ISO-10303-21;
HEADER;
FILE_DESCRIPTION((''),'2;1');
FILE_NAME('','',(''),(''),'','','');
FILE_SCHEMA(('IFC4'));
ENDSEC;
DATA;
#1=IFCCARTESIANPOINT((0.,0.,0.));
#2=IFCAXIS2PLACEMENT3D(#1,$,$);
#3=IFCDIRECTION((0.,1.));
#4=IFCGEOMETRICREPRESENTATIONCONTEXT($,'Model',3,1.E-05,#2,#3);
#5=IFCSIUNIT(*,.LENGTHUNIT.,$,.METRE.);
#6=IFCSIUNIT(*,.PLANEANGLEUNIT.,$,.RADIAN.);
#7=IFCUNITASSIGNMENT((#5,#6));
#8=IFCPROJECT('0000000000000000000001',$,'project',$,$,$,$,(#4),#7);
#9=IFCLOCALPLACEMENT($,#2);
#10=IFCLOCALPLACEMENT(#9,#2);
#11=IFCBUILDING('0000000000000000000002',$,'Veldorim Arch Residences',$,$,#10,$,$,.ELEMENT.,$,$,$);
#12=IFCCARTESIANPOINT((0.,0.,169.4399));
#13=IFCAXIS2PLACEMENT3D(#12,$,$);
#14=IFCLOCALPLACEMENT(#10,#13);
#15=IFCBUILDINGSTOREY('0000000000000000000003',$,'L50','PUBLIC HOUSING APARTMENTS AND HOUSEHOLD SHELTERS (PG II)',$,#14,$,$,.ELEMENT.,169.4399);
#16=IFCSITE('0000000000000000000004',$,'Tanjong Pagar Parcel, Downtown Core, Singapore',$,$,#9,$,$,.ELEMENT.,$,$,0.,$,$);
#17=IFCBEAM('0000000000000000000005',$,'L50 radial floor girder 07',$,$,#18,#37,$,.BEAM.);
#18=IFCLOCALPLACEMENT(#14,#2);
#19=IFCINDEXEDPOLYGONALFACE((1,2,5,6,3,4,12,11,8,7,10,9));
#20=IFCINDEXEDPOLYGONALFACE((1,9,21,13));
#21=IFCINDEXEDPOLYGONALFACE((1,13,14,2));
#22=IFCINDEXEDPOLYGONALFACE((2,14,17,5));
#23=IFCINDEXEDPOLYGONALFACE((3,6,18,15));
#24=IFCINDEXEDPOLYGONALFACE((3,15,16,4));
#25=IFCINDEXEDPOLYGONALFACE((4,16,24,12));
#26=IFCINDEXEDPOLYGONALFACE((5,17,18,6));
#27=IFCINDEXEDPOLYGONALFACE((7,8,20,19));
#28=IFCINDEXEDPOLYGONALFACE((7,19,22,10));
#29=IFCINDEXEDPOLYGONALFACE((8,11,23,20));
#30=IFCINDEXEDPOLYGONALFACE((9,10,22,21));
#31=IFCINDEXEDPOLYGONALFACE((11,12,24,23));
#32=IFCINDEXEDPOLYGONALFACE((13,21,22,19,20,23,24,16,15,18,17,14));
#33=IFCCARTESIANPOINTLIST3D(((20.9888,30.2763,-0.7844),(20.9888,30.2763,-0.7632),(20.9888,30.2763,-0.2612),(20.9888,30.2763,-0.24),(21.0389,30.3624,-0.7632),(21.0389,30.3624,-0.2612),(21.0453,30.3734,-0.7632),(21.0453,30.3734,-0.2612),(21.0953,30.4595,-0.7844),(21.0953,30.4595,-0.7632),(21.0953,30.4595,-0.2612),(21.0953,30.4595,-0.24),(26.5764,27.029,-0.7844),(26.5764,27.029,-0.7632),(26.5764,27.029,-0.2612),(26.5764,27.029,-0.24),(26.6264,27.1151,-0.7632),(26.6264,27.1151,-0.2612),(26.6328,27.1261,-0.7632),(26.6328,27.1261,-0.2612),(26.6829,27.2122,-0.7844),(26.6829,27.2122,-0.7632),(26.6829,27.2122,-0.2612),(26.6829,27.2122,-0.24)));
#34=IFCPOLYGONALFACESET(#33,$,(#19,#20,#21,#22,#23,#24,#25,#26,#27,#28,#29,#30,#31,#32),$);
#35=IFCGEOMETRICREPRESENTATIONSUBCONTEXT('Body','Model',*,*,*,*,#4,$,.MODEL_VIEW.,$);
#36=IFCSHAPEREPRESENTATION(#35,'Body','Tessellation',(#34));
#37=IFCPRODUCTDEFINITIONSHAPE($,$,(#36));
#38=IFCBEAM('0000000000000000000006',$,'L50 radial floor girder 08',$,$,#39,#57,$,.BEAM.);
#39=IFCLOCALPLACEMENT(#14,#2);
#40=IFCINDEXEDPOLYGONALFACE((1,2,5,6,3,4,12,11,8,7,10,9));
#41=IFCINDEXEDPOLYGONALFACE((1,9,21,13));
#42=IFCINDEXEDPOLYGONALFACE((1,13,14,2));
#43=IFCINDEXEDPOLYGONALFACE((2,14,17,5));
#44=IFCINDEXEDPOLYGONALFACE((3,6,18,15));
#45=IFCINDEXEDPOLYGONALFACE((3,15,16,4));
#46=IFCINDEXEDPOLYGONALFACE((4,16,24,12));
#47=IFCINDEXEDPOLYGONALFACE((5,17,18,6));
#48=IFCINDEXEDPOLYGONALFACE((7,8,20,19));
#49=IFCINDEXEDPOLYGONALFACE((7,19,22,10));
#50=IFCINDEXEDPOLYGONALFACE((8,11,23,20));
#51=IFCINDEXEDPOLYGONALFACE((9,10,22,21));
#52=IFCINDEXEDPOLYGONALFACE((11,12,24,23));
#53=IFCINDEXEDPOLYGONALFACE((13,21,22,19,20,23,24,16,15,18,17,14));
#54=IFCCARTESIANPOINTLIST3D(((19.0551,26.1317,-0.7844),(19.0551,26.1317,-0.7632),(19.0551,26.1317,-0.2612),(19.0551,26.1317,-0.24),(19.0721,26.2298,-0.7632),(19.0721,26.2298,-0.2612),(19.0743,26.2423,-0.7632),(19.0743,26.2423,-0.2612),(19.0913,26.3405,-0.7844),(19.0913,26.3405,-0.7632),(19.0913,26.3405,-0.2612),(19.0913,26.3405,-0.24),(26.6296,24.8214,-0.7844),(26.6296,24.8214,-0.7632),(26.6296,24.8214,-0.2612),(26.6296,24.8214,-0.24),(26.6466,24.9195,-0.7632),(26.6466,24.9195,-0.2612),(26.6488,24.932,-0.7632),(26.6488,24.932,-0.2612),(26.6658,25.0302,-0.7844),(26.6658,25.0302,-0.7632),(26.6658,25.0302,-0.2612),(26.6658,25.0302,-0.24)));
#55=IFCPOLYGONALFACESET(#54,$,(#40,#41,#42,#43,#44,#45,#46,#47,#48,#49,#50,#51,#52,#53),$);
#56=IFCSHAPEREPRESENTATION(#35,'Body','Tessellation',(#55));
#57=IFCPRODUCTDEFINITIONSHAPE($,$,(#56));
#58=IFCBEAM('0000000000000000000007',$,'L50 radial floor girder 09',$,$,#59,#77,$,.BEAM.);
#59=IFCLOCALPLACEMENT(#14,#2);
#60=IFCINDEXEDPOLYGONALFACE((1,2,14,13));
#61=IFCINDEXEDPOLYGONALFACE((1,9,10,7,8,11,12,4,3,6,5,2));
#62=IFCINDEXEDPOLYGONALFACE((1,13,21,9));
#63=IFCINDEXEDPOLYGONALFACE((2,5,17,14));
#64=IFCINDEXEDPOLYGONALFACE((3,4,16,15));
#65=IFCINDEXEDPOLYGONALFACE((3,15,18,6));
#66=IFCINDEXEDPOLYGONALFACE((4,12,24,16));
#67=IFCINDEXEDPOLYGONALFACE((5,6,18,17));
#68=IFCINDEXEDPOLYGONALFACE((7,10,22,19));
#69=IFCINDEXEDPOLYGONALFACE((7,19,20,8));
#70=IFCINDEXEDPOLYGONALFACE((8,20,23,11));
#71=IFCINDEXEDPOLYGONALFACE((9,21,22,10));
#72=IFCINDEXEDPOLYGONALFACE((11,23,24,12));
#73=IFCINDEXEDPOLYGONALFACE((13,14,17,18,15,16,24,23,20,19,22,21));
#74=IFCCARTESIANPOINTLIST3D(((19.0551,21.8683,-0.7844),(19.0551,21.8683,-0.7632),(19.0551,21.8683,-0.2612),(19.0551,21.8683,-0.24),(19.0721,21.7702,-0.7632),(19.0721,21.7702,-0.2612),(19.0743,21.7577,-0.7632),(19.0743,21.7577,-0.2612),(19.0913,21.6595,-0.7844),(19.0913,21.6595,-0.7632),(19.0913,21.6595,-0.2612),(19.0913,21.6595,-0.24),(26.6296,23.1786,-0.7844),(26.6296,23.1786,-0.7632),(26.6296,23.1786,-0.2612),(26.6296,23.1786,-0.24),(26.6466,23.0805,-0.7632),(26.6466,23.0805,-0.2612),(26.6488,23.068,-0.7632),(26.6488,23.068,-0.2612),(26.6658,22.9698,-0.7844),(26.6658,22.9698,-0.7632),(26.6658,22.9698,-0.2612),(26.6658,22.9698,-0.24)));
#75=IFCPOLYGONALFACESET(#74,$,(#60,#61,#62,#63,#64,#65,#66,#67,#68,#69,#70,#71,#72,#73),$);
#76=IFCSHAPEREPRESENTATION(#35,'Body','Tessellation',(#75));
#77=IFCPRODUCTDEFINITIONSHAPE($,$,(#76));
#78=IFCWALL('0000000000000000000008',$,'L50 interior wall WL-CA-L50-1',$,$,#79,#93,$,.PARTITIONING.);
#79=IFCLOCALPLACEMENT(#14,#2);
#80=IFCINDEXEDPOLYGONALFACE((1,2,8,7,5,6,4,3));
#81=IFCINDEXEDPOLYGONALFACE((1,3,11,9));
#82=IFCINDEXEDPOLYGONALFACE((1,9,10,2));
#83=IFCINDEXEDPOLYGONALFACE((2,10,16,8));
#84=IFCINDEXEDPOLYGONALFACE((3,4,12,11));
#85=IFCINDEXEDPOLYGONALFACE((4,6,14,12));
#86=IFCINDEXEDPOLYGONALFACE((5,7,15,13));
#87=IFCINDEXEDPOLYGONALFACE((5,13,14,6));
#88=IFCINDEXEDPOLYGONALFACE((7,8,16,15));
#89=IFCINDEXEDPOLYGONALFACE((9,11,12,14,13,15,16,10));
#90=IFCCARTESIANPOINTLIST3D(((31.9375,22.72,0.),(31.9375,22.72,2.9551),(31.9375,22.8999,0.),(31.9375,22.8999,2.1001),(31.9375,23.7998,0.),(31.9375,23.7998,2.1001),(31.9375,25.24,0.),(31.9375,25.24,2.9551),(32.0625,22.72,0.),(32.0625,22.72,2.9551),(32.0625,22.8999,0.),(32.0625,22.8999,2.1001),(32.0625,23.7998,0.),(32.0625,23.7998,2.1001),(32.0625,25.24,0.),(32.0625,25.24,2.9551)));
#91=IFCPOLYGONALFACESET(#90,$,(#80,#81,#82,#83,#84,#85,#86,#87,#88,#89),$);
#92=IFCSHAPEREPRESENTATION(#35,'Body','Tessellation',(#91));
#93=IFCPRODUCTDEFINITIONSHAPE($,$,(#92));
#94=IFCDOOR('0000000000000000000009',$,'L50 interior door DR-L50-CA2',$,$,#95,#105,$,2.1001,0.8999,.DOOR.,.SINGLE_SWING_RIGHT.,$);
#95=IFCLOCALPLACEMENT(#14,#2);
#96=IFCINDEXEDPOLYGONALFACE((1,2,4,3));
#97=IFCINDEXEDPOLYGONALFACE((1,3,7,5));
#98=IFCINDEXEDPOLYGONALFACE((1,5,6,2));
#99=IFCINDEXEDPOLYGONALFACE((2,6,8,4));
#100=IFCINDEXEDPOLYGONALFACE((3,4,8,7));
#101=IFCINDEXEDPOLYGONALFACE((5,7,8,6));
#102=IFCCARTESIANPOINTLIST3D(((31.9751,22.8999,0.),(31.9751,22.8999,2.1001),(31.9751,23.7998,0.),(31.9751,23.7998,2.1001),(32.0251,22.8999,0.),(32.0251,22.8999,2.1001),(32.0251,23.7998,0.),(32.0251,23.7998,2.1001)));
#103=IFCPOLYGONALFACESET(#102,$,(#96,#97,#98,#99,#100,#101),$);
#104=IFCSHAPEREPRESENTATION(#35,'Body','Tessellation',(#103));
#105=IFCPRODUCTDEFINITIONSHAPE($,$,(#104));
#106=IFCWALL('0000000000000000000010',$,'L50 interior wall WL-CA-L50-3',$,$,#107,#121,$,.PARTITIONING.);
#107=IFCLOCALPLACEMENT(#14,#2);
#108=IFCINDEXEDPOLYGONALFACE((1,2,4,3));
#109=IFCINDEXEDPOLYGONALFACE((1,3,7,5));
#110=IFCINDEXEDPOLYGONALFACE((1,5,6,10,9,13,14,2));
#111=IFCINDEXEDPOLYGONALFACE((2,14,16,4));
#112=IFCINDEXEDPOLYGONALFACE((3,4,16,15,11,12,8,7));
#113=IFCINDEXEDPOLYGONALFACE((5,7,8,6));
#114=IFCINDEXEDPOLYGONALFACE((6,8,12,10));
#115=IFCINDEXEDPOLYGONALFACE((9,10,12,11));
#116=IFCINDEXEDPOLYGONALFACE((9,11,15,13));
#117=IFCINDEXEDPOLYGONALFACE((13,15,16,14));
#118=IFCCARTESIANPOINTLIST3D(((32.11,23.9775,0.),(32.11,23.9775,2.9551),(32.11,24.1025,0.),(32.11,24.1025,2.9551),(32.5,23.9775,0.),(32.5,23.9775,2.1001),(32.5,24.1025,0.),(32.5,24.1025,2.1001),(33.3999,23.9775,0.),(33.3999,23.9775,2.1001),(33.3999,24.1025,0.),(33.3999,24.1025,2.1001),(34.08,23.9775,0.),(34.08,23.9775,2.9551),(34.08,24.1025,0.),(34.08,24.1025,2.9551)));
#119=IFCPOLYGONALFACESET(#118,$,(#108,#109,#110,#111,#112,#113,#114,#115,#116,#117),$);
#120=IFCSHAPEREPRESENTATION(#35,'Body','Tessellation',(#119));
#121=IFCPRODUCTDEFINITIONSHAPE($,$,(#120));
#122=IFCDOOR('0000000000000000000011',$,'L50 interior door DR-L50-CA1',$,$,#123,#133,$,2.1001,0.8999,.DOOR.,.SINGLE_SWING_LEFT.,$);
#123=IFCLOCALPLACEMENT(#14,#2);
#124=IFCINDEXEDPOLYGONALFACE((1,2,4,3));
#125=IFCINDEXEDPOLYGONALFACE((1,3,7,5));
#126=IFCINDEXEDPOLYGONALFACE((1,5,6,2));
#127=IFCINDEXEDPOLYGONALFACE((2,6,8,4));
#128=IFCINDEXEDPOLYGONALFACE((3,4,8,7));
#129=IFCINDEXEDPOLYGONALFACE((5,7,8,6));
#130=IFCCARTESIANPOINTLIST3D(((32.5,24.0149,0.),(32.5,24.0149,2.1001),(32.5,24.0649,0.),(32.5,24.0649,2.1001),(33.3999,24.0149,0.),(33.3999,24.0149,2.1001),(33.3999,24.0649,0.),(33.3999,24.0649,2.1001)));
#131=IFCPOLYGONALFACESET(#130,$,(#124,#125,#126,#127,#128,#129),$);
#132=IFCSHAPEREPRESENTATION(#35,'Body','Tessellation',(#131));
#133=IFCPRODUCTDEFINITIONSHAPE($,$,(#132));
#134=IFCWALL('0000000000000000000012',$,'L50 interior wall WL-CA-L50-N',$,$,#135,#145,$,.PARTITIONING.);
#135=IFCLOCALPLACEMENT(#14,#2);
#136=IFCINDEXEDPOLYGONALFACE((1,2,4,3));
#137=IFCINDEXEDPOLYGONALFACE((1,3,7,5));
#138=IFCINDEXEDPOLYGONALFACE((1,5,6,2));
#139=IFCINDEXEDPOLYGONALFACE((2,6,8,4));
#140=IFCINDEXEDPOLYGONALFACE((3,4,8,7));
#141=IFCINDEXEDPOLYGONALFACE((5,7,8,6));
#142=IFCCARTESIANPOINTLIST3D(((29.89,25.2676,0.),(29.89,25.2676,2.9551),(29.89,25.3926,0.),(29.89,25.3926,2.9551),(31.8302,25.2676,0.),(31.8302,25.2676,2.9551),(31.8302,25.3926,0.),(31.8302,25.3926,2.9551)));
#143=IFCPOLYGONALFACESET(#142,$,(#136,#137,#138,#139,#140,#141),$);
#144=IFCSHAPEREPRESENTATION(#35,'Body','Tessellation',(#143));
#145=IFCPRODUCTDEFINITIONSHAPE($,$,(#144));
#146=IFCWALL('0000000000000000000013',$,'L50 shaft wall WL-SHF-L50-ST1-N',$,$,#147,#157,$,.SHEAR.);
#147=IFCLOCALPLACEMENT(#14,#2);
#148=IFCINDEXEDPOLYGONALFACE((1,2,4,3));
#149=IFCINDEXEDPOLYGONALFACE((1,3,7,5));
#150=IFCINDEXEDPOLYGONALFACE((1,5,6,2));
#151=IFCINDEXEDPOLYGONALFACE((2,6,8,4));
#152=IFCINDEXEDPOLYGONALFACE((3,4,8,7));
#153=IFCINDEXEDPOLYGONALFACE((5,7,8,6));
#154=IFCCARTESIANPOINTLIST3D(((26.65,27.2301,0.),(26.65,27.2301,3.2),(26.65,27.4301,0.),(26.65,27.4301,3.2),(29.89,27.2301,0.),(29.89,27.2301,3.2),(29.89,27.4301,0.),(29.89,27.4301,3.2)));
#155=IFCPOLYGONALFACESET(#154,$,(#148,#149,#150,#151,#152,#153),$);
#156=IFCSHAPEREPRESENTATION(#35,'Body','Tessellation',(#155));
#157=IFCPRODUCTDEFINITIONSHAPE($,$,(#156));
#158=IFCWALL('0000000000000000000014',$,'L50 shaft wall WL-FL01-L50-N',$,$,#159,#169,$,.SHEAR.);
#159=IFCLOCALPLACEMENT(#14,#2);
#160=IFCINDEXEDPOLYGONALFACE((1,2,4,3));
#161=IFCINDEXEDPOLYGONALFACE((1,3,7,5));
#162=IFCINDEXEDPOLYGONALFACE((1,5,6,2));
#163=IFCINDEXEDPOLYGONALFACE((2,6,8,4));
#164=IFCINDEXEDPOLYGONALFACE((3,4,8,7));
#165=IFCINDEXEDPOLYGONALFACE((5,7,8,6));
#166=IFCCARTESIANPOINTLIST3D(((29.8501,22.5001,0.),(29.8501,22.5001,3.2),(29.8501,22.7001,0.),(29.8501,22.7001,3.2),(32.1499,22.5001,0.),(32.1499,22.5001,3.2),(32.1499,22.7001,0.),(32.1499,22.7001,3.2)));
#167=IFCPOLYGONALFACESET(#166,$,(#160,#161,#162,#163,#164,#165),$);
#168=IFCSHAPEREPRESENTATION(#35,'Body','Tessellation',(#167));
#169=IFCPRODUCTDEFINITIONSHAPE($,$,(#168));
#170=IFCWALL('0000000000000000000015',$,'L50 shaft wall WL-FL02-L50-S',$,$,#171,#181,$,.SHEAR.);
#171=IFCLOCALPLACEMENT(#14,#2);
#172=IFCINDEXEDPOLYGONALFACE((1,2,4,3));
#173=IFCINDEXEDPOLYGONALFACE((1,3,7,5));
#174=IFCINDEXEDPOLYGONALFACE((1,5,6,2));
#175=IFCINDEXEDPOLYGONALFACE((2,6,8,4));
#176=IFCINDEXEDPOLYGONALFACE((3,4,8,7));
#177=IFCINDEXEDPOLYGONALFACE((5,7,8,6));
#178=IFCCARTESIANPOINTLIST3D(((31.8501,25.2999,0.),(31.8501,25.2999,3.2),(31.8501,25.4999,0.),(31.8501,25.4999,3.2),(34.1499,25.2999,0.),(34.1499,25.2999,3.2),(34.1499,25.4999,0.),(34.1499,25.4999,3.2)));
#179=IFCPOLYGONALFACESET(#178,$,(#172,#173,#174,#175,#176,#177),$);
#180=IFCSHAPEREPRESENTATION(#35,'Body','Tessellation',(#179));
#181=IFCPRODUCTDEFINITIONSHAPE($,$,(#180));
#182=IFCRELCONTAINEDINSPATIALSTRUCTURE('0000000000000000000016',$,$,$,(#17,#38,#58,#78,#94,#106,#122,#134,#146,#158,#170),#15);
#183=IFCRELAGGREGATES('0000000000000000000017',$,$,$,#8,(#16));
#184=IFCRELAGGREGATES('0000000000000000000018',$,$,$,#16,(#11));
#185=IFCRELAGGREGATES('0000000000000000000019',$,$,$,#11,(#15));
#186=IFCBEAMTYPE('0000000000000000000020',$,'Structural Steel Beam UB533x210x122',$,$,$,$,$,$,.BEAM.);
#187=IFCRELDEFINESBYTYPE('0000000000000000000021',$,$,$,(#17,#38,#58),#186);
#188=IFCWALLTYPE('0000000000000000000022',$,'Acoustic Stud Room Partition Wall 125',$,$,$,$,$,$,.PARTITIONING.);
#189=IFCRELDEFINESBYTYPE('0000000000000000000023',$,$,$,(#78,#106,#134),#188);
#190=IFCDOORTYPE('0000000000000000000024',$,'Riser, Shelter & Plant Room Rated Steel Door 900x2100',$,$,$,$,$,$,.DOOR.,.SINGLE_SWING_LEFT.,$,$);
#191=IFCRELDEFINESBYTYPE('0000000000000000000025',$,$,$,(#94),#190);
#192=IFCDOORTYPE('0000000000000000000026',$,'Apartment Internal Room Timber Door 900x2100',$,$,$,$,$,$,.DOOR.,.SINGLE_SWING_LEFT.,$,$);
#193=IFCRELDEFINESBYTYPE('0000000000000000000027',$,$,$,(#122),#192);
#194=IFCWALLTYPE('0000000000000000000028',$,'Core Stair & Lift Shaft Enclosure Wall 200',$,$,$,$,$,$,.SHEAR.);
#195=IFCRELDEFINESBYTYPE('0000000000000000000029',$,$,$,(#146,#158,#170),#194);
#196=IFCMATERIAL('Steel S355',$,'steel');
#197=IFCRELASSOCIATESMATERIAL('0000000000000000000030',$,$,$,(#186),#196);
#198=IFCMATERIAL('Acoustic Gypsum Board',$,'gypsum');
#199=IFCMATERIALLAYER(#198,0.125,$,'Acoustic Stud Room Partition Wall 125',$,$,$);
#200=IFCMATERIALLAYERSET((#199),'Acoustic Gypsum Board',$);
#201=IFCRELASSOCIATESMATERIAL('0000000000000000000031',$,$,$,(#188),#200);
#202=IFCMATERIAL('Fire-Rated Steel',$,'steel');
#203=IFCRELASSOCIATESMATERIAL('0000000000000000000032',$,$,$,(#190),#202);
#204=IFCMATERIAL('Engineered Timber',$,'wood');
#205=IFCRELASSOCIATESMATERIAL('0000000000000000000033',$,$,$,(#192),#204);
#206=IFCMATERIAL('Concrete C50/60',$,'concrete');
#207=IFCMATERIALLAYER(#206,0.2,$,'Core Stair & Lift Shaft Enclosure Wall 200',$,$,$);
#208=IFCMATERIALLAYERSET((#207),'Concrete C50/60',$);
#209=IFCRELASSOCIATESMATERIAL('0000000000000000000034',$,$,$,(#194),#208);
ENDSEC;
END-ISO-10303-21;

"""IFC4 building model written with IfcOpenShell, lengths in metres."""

from ifc_helpers import new_model, si_unit, direction, frame, frame_2d, origin, origin_2d, place, context, subcontext, project, spatial, rectangle, i_section, extrude, material, layer, layer_set, material_profile, profile_set, type_object, element, fill, save


model = new_model("IFC4")

# Units and contexts
model_context = context("Model", 3, precision=1e-05, world=origin(), true_north=direction((0.0, 1.0)))
body_context = subcontext(model_context, "Body", "Model", "MODEL_VIEW")
ifc_project = project(units=[si_unit("LENGTHUNIT", "METRE"), si_unit("PLANEANGLEUNIT", "RADIAN")], contexts=[model_context])

# Site, building, storey
site_placement = place(None, origin())
site = spatial("IfcSite", under=ifc_project, at=site_placement, Name="Tanjong Pagar Parcel, Downtown Core, Singapore", CompositionType="ELEMENT", RefElevation=0.0)
building_placement = place(site_placement, origin())
building = spatial("IfcBuilding", under=site, at=building_placement, Name="Veldorim Arch Residences", CompositionType="ELEMENT")
storey_placement = place(building_placement, frame((0.0, 0.0, 169.4399)))
storey = spatial("IfcBuildingStorey", under=building, at=storey_placement, Name="L50", Description="PUBLIC HOUSING APARTMENTS AND HOUSEHOLD SHELTERS (PG II)", CompositionType="ELEMENT", Elevation=169.4399)

# Beams
ifc_material_1 = material(Name="Steel S355", Category="steel")
ifc_material_profile = material_profile(ifc_material_1, i_section(OverallWidth=0.2119, OverallDepth=0.5444, WebThickness=0.0127, FlangeThickness=0.0212, at=origin_2d()), Name="UB533x210x122")
ifc_profile_set = profile_set([ifc_material_profile], Name="Steel S355")
beam_type = type_object("IfcBeamType", Name="Structural Steel Beam UB533x210x122", PredefinedType="BEAM", material=ifc_profile_set)
beam_placement = place(storey_placement, frame((26.6296, 27.1206, -0.5122), z_axis=(-0.864596, 0.502468, 0.0), x_axis=(-0.502468, -0.864596, 0.0)))
element("IfcBeam", 1, at=beam_placement, inside=storey, type_object=beam_type, Name="L50 radial floor girder 07", PredefinedType="BEAM", context=body_context, shape_type="SweptSolid", body=[
    extrude(i_section(OverallWidth=0.2119, OverallDepth=0.5444, WebThickness=0.0127, FlangeThickness=0.0212, at=origin_2d()), origin(), (0.0, 0.0, 1.0), 6.4626),
])
for number, where, z_axis, x_axis, name in (
    (2, (26.6477, 24.9258, -0.5122), (-0.985365, 0.170458, 0.0), (-0.170458, -0.985365, 0.0), "L50 radial floor girder 08"),
    (3, (26.6477, 23.0742, -0.5122), (-0.985365, -0.170458, 0.0), (0.170458, -0.985365, 0.0), "L50 radial floor girder 09"),
):
    element("IfcBeam", number, at=place(storey_placement, frame(where, z_axis=z_axis, x_axis=x_axis)), inside=storey, type_object=beam_type, Name=name, PredefinedType="BEAM", context=body_context, shape_type="SweptSolid", body=[
        extrude(i_section(OverallWidth=0.2119, OverallDepth=0.5444, WebThickness=0.0127, FlangeThickness=0.0212, at=origin_2d()), origin(), (0.0, 0.0, 1.0), 7.687),
    ])

# Walls, openings, doors
ifc_material_2 = material(Name="Acoustic Gypsum Board", Category="gypsum")
ifc_layer_1 = layer(ifc_material_2, 0.125, Name="Acoustic Stud Room Partition Wall 125")
ifc_layer_set_1 = layer_set([ifc_layer_1], Name="Acoustic Gypsum Board")
wall_type_1 = type_object("IfcWallType", Name="Acoustic Stud Room Partition Wall 125", PredefinedType="PARTITIONING", material=ifc_layer_set_1)
wall_1_placement = place(storey_placement, frame((32.0, 22.72, 0.0), z_axis=(0.0, 0.0, 1.0), x_axis=(0.0, 1.0, 0.0)))
wall_1 = element("IfcWall", 4, at=wall_1_placement, inside=storey, type_object=wall_type_1, Name="L50 interior wall WL-CA-L50-1", PredefinedType="PARTITIONING", context=body_context, shape_type="SweptSolid", body=[
    extrude(rectangle(XDim=2.52, YDim=0.125, at=frame_2d((1.26, 0.0))), origin(), (0.0, 0.0, 1.0), 2.9551),
])
opening_1_placement = place(wall_1_placement, frame((0.1799, 0.0, 0.0)))
opening_1 = element("IfcOpeningElement", 5, at=opening_1_placement, cuts=wall_1, PredefinedType="OPENING", context=body_context, shape_type="SweptSolid", body=[
    extrude(rectangle(XDim=0.8999, YDim=2.1001, at=frame_2d((0.45, 1.05))), frame((0.0, 0.0725, 0.0), z_axis=(0.0, -1.0, 0.0), x_axis=(1.0, 0.0, 0.0)), (0.0, 0.0, 1.0), 0.145),
])
ifc_material_3 = material(Name="Fire-Rated Steel", Category="steel")
door_type_1 = type_object("IfcDoorType", Name="Riser, Shelter & Plant Room Rated Steel Door 900x2100", OperationType="SINGLE_SWING_LEFT", PredefinedType="DOOR", material=ifc_material_3)
door_1_placement = place(opening_1_placement, origin())
door_1 = element("IfcDoor", 6, at=door_1_placement, inside=storey, type_object=door_type_1, Name="L50 interior door DR-L50-CA2", OperationType="SINGLE_SWING_RIGHT", OverallHeight=2.1001, OverallWidth=0.8999, PredefinedType="DOOR", context=body_context, shape_type="SweptSolid", body=[
    extrude(rectangle(XDim=0.8999, YDim=2.1001, at=frame_2d((0.45, 1.05))), frame((0.0, 0.0249, 0.0), z_axis=(0.0, -1.0, 0.0), x_axis=(1.0, 0.0, 0.0)), (0.0, 0.0, 1.0), 0.05),
])
fill(opening_1, door_1)
wall_2_placement = place(storey_placement, frame((32.1101, 24.04, 0.0), z_axis=(0.0, 0.0, 1.0), x_axis=(1.0, 0.0, 0.0)))
wall_2 = element("IfcWall", 7, at=wall_2_placement, inside=storey, type_object=wall_type_1, Name="L50 interior wall WL-CA-L50-3", PredefinedType="PARTITIONING", context=body_context, shape_type="SweptSolid", body=[
    extrude(rectangle(XDim=1.97, YDim=0.125, at=frame_2d((0.9849, 0.0))), origin(), (0.0, 0.0, 1.0), 2.9551),
])
opening_2_placement = place(wall_2_placement, frame((0.3899, 0.0, 0.0)))
opening_2 = element("IfcOpeningElement", 8, at=opening_2_placement, cuts=wall_2, PredefinedType="OPENING", context=body_context, shape_type="SweptSolid", body=[
    extrude(rectangle(XDim=0.8999, YDim=2.1001, at=frame_2d((0.45, 1.05))), frame((0.0, 0.0725, 0.0), z_axis=(0.0, -1.0, 0.0), x_axis=(1.0, 0.0, 0.0)), (0.0, 0.0, 1.0), 0.145),
])
ifc_material_4 = material(Name="Engineered Timber", Category="wood")
door_type_2 = type_object("IfcDoorType", Name="Apartment Internal Room Timber Door 900x2100", OperationType="SINGLE_SWING_LEFT", PredefinedType="DOOR", material=ifc_material_4)
door_2_placement = place(opening_2_placement, origin())
door_2 = element("IfcDoor", 9, at=door_2_placement, inside=storey, type_object=door_type_2, Name="L50 interior door DR-L50-CA1", OperationType="SINGLE_SWING_LEFT", OverallHeight=2.1001, OverallWidth=0.8999, PredefinedType="DOOR", context=body_context, shape_type="SweptSolid", body=[
    extrude(rectangle(XDim=0.8999, YDim=2.1001, at=frame_2d((0.45, 1.05))), frame((0.0, 0.0249, 0.0), z_axis=(0.0, -1.0, 0.0), x_axis=(1.0, 0.0, 0.0)), (0.0, 0.0, 1.0), 0.05),
])
fill(opening_2, door_2)

# Walls
wall_3_placement = place(storey_placement, frame((29.8899, 25.3301, 0.0), z_axis=(0.0, 0.0, 1.0), x_axis=(1.0, 0.0, 0.0)))
element("IfcWall", 10, at=wall_3_placement, inside=storey, type_object=wall_type_1, Name="L50 interior wall WL-CA-L50-N", PredefinedType="PARTITIONING", context=body_context, shape_type="SweptSolid", body=[
    extrude(rectangle(XDim=1.9402, YDim=0.125, at=frame_2d((0.9702, 0.0))), origin(), (0.0, 0.0, 1.0), 2.9551),
])
ifc_material_5 = material(Name="Concrete C50/60", Category="concrete")
ifc_layer_2 = layer(ifc_material_5, 0.2, Name="Core Stair & Lift Shaft Enclosure Wall 200")
ifc_layer_set_2 = layer_set([ifc_layer_2], Name="Concrete C50/60")
wall_type_2 = type_object("IfcWallType", Name="Core Stair & Lift Shaft Enclosure Wall 200", PredefinedType="SHEAR", material=ifc_layer_set_2)
wall_4_placement = place(storey_placement, frame((26.6499, 27.3301, 0.0), z_axis=(0.0, 0.0, 1.0), x_axis=(1.0, 0.0, 0.0)))
element("IfcWall", 11, at=wall_4_placement, inside=storey, type_object=wall_type_2, Name="L50 shaft wall WL-SHF-L50-ST1-N", PredefinedType="SHEAR", context=body_context, shape_type="SweptSolid", body=[
    extrude(rectangle(XDim=3.24, YDim=0.2, at=frame_2d((1.6201, 0.0))), origin(), (0.0, 0.0, 1.0), 3.2),
])
wall_5_placement = place(storey_placement, frame((29.8501, 22.6001, 0.0), z_axis=(0.0, 0.0, 1.0), x_axis=(1.0, 0.0, 0.0)))
element("IfcWall", 12, at=wall_5_placement, inside=storey, type_object=wall_type_2, Name="L50 shaft wall WL-FL01-L50-N", PredefinedType="SHEAR", context=body_context, shape_type="SweptSolid", body=[
    extrude(rectangle(XDim=2.2998, YDim=0.2, at=frame_2d((1.1499, 0.0))), origin(), (0.0, 0.0, 1.0), 3.2),
])

# Wall
wall_6_placement = place(storey_placement, frame((31.8501, 25.3999, 0.0), z_axis=(0.0, 0.0, 1.0), x_axis=(1.0, 0.0, 0.0)))
element("IfcWall", 13, at=wall_6_placement, inside=storey, type_object=wall_type_2, Name="L50 shaft wall WL-FL02-L50-S", PredefinedType="SHEAR", context=body_context, shape_type="SweptSolid", body=[
    extrude(rectangle(XDim=2.2998, YDim=0.2, at=frame_2d((1.1499, 0.0))), origin(), (0.0, 0.0, 1.0), 3.2),
])

save(model, "model.ifc")
